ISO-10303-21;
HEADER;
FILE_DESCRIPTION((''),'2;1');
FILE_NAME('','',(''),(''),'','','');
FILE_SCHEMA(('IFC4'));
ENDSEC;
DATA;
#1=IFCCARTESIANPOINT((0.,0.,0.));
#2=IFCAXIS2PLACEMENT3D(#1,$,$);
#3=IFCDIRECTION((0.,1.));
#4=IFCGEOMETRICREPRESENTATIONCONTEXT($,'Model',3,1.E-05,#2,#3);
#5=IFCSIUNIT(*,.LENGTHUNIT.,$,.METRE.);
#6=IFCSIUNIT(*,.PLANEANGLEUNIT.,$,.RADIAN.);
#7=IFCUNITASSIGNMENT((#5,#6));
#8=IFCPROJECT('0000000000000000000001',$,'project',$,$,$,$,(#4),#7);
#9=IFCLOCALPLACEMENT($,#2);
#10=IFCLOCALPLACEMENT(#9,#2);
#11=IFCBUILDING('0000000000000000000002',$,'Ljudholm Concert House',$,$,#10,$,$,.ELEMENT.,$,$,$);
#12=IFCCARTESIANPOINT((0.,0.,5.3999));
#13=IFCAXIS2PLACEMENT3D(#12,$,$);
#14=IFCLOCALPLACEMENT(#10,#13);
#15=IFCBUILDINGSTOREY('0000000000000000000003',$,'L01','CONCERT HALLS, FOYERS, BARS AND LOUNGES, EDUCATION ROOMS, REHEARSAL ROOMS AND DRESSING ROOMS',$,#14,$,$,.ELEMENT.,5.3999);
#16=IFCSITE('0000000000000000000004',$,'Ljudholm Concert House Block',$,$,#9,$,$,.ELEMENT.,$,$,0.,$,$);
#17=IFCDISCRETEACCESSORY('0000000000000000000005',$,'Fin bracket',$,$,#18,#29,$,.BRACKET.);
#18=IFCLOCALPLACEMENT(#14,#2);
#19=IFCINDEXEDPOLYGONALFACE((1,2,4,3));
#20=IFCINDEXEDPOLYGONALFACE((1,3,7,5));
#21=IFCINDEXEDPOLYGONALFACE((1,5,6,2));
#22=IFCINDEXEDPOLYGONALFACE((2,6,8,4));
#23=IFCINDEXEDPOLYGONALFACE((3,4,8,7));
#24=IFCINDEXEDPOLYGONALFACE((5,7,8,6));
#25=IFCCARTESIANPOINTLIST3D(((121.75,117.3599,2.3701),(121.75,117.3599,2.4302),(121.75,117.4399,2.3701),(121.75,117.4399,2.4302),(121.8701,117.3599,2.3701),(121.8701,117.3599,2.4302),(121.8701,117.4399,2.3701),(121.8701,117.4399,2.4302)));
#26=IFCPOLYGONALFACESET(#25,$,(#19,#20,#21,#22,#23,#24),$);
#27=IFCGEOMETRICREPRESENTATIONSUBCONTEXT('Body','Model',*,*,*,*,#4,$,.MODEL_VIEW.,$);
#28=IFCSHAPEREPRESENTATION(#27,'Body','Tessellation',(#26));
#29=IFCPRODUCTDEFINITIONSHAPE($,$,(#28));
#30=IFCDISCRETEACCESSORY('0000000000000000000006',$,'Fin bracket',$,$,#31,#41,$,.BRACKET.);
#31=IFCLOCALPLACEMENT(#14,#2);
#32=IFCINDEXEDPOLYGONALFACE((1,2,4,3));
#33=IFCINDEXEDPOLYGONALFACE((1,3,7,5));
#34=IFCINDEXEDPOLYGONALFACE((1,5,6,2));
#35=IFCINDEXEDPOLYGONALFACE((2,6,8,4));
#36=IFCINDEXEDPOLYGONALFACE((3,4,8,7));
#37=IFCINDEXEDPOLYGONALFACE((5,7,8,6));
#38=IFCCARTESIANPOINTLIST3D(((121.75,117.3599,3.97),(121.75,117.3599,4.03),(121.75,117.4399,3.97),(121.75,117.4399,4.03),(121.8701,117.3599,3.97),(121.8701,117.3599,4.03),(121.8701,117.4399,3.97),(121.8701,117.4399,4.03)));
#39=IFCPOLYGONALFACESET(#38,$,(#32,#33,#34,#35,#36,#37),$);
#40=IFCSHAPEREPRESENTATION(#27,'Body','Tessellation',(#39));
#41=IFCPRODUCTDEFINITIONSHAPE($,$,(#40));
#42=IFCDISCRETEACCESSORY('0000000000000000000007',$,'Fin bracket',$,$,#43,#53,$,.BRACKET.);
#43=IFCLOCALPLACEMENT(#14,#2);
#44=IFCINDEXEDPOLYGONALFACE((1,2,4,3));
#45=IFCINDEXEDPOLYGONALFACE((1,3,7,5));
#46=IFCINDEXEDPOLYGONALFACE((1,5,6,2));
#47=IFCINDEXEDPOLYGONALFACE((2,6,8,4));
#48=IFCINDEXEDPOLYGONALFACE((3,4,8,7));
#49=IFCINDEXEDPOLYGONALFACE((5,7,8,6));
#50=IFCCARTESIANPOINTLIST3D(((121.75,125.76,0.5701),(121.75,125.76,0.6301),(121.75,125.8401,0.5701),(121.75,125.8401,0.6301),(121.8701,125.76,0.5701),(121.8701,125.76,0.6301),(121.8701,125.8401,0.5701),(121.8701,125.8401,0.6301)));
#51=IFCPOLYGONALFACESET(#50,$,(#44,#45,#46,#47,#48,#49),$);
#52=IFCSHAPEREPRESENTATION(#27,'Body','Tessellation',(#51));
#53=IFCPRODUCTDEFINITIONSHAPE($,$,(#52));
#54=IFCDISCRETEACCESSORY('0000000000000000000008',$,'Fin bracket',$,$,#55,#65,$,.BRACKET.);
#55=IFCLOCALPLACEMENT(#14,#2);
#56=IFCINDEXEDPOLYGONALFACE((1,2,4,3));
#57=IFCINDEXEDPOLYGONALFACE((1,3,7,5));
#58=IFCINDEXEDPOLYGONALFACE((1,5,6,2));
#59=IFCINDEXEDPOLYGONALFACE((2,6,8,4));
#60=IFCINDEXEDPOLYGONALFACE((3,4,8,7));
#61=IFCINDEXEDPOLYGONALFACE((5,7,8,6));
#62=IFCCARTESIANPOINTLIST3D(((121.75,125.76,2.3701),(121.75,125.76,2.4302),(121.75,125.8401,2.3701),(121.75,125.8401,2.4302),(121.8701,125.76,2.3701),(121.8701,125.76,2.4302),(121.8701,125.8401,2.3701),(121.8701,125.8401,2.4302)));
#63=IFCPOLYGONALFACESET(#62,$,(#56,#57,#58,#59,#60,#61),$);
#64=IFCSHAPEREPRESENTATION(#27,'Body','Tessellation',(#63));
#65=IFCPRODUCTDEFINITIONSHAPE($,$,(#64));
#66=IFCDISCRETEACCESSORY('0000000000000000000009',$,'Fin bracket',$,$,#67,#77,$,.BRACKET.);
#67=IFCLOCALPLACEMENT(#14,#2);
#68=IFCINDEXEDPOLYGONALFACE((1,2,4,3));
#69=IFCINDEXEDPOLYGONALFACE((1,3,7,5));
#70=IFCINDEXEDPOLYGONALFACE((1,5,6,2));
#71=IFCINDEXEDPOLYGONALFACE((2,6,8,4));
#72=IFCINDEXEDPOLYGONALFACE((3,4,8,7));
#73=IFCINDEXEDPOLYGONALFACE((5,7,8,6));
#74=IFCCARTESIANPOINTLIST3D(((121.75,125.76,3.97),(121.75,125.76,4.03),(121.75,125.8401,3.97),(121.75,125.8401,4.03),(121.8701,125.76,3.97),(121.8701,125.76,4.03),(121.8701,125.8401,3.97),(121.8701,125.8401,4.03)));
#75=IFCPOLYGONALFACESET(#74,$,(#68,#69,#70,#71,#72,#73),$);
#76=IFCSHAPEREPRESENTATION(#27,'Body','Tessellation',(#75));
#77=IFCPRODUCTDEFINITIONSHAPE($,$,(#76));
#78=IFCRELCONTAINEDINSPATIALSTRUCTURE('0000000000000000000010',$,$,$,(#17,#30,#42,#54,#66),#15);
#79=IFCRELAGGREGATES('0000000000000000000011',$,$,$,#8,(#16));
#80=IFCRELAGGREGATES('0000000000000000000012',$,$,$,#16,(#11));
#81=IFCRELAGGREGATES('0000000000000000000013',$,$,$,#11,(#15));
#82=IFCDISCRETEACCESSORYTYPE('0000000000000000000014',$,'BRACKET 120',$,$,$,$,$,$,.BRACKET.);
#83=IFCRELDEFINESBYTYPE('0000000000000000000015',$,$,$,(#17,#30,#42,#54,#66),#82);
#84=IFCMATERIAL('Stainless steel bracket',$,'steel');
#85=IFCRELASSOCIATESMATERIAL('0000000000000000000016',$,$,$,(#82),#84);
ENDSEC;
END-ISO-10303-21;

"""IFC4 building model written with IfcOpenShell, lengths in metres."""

from ifc_helpers import new_model, si_unit, direction, frame, origin, origin_2d, place, context, subcontext, project, spatial, rectangle, extrude, material, type_object, element, save


model = new_model("IFC4")

# Units and contexts
model_context = context("Model", 3, precision=1e-05, world=origin(), true_north=direction((0.0, 1.0)))
body_context = subcontext(model_context, "Body", "Model", "MODEL_VIEW")
ifc_project = project(units=[si_unit("LENGTHUNIT", "METRE"), si_unit("PLANEANGLEUNIT", "RADIAN")], contexts=[model_context])

# Site, building, storey
site_placement = place(None, origin())
site = spatial("IfcSite", under=ifc_project, at=site_placement, Name="Ljudholm Concert House Block", CompositionType="ELEMENT", RefElevation=0.0)
building_placement = place(site_placement, origin())
building = spatial("IfcBuilding", under=site, at=building_placement, Name="Ljudholm Concert House", CompositionType="ELEMENT")
storey_placement = place(building_placement, frame((0.0, 0.0, 5.3999)))
storey = spatial("IfcBuildingStorey", under=building, at=storey_placement, Name="L01", Description="CONCERT HALLS, FOYERS, BARS AND LOUNGES, EDUCATION ROOMS, REHEARSAL ROOMS AND DRESSING ROOMS", CompositionType="ELEMENT", Elevation=5.3999)

# Discrete accessories
ifc_material_1 = material(Name="Stainless steel bracket", Category="steel")
discrete_accessory_type = type_object("IfcDiscreteAccessoryType", Name="BRACKET 120", PredefinedType="BRACKET", material=ifc_material_1)
for number, where, z_axis, x_axis, name in (
    (1, (121.8101, 117.3999, 2.3701), (0.0, 0.0, 1.0), (1.0, 0.0, 0.0), "Fin bracket"),
    (2, (121.8101, 117.3999, 3.97), (0.0, 0.0, 1.0), (1.0, 0.0, 0.0), "Fin bracket"),
    (3, (121.8101, 125.8, 0.5701), (0.0, 0.0, 1.0), (1.0, 0.0, 0.0), "Fin bracket"),
    (4, (121.8101, 125.8, 2.3701), (0.0, 0.0, 1.0), (1.0, 0.0, 0.0), "Fin bracket"),
    (5, (121.8101, 125.8, 3.97), (0.0, 0.0, 1.0), (1.0, 0.0, 0.0), "Fin bracket"),
):
    element("IfcDiscreteAccessory", number, at=place(storey_placement, frame(where, z_axis=z_axis, x_axis=x_axis)), inside=storey, type_object=discrete_accessory_type, Name=name, PredefinedType="BRACKET", context=body_context, shape_type="SweptSolid", body=[
        extrude(rectangle(XDim=0.1201, YDim=0.0801, at=origin_2d()), origin(), (0.0, 0.0, 1.0), 0.0601),
    ])

save(model, "model.ifc")
